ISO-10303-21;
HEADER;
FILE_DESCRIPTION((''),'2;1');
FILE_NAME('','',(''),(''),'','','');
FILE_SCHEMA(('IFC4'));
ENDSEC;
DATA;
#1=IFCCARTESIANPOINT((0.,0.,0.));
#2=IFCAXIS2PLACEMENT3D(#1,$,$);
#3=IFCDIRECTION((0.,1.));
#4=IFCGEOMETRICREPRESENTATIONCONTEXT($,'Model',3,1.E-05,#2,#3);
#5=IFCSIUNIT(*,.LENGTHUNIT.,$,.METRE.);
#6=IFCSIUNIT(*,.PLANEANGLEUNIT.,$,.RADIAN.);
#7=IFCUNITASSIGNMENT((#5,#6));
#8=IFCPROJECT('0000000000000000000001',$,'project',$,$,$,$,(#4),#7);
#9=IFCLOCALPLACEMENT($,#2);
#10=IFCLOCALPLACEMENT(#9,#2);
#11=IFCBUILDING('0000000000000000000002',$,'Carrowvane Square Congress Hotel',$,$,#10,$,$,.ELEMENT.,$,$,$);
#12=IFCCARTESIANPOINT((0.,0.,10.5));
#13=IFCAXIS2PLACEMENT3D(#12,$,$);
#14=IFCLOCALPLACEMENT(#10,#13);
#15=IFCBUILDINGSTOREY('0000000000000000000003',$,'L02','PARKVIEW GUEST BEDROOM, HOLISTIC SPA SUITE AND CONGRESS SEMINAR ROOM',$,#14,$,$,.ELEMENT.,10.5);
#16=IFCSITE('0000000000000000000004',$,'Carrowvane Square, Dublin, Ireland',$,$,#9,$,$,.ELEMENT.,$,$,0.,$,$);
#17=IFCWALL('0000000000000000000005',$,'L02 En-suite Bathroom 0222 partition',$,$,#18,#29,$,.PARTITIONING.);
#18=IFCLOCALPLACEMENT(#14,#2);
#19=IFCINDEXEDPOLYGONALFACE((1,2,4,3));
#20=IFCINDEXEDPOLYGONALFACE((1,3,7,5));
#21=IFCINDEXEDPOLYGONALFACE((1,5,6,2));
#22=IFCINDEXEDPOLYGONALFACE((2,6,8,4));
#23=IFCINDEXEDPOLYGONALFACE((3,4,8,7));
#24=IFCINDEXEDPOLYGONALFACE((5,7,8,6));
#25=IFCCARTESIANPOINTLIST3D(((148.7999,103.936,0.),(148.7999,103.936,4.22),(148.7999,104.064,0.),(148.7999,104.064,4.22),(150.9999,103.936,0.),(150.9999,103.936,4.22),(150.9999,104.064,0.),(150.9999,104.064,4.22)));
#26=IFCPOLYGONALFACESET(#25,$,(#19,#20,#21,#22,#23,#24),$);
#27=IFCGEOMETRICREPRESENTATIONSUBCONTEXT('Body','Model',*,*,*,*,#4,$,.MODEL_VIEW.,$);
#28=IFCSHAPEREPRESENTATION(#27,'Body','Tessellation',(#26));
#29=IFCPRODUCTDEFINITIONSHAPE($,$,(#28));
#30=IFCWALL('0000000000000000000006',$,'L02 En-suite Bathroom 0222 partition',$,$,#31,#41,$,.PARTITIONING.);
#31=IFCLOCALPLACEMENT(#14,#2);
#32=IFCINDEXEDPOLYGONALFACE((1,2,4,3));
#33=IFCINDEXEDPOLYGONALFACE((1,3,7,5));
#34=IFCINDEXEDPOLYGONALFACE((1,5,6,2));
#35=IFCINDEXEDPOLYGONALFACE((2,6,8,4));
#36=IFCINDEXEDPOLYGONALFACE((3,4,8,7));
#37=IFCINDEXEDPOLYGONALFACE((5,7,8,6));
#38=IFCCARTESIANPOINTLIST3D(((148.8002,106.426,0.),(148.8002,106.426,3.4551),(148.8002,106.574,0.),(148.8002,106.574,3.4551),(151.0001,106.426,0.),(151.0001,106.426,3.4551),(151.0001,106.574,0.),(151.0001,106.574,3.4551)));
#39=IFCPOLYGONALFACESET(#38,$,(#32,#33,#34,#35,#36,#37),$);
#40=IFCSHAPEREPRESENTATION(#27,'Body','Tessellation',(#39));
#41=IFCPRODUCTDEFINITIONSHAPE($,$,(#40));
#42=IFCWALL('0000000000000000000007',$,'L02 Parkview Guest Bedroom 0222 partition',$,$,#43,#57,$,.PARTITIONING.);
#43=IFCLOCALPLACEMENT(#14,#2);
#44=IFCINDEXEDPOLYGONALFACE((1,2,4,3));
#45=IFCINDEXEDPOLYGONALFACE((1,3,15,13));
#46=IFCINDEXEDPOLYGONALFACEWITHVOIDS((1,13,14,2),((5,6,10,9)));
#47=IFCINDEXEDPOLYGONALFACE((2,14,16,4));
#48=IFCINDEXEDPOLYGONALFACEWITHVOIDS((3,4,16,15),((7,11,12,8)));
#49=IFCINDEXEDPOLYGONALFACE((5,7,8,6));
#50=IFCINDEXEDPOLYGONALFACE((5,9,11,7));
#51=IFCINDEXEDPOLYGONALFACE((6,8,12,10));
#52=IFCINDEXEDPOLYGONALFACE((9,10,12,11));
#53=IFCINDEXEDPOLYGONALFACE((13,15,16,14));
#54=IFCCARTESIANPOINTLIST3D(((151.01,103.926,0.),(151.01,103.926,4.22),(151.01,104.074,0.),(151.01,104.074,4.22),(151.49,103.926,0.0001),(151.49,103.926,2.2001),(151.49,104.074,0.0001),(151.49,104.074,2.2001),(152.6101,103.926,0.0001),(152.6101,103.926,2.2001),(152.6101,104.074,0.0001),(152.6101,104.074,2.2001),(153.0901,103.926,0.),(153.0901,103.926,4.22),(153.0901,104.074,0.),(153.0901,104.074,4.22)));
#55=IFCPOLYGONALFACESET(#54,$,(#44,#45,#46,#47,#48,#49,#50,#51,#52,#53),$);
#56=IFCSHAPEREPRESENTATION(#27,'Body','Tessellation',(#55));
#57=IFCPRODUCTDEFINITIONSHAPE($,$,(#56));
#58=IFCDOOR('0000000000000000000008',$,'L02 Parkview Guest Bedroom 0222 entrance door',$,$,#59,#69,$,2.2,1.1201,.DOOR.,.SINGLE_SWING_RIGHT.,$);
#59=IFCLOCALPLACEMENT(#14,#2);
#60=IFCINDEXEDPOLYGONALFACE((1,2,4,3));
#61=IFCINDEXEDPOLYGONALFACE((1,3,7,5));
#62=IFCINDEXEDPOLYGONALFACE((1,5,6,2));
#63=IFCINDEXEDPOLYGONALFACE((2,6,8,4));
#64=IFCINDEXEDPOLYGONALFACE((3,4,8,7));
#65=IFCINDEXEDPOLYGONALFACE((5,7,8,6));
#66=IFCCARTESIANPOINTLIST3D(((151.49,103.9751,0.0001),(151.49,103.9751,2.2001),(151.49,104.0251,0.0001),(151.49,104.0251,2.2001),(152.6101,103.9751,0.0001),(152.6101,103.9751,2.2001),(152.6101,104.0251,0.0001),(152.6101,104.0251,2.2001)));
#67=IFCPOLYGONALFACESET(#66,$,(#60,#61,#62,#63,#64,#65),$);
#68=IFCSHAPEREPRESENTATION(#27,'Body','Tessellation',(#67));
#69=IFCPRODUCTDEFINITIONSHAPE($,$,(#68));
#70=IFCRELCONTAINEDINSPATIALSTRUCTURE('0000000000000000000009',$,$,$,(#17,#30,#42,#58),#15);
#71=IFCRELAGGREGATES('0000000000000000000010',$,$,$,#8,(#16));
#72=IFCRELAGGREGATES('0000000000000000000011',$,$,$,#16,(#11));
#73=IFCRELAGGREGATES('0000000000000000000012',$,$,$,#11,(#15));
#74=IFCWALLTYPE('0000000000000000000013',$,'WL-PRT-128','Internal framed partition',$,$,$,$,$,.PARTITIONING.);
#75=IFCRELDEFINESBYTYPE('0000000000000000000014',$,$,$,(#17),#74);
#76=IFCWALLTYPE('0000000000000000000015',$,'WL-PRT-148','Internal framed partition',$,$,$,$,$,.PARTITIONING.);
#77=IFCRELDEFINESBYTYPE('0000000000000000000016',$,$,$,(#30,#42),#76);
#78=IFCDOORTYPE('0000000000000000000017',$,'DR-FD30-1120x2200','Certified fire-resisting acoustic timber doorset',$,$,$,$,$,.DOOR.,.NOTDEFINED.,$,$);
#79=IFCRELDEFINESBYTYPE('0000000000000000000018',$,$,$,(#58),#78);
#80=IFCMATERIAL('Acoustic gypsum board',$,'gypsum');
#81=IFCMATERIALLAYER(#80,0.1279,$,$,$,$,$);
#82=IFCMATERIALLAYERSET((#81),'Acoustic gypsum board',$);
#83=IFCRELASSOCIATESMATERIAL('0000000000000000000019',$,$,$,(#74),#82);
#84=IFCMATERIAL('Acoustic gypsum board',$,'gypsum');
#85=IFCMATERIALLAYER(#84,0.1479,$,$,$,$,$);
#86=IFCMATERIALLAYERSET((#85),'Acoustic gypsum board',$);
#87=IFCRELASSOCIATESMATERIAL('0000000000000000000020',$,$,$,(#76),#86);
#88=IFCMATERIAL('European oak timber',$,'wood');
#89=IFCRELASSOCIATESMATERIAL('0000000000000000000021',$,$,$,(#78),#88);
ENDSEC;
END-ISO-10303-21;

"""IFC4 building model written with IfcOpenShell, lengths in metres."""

from ifc_helpers import new_model, si_unit, direction, frame, frame_2d, origin, place, context, subcontext, project, spatial, rectangle, extrude, material, layer, layer_set, type_object, element, fill, save


model = new_model("IFC4")

# Units and contexts
model_context = context("Model", 3, precision=1e-05, world=origin(), true_north=direction((0.0, 1.0)))
body_context = subcontext(model_context, "Body", "Model", "MODEL_VIEW")
ifc_project = project(units=[si_unit("LENGTHUNIT", "METRE"), si_unit("PLANEANGLEUNIT", "RADIAN")], contexts=[model_context])

# Site, building, storey
site_placement = place(None, origin())
site = spatial("IfcSite", under=ifc_project, at=site_placement, Name="Carrowvane Square, Dublin, Ireland", CompositionType="ELEMENT", RefElevation=0.0)
building_placement = place(site_placement, origin())
building = spatial("IfcBuilding", under=site, at=building_placement, Name="Carrowvane Square Congress Hotel", CompositionType="ELEMENT")
storey_placement = place(building_placement, frame((0.0, 0.0, 10.5)))
storey = spatial("IfcBuildingStorey", under=building, at=storey_placement, Name="L02", Description="PARKVIEW GUEST BEDROOM, HOLISTIC SPA SUITE AND CONGRESS SEMINAR ROOM", CompositionType="ELEMENT", Elevation=10.5)

# Wall
ifc_material_1 = material(Name="Acoustic gypsum board", Category="gypsum")
ifc_layer_1 = layer(ifc_material_1, 0.1279)
ifc_layer_set_1 = layer_set([ifc_layer_1], Name="Acoustic gypsum board")
wall_type_1 = type_object("IfcWallType", Name="WL-PRT-128", Description="Internal framed partition", PredefinedType="PARTITIONING", material=ifc_layer_set_1)
wall_1_placement = place(storey_placement, frame((151.0, 104.0, 0.0), z_axis=(0.0, 0.0, 1.0), x_axis=(-1.0, 0.0, 0.0)))
element("IfcWall", 1, at=wall_1_placement, inside=storey, type_object=wall_type_1, Name="L02 En-suite Bathroom 0222 partition", PredefinedType="PARTITIONING", context=body_context, shape_type="SweptSolid", body=[
    extrude(rectangle(XDim=2.2, YDim=0.1279, at=frame_2d((1.1001, 0.0))), origin(), (0.0, 0.0, 1.0), 4.22),
])

# Wall
ifc_material_2 = material(Name="Acoustic gypsum board", Category="gypsum")
ifc_layer_2 = layer(ifc_material_2, 0.1479)
ifc_layer_set_2 = layer_set([ifc_layer_2], Name="Acoustic gypsum board")
wall_type_2 = type_object("IfcWallType", Name="WL-PRT-148", Description="Internal framed partition", PredefinedType="PARTITIONING", material=ifc_layer_set_2)
wall_2_placement = place(storey_placement, frame((148.8, 106.5, 0.0), z_axis=(0.0, 0.0, 1.0), x_axis=(1.0, 0.0, 0.0)))
element("IfcWall", 2, at=wall_2_placement, inside=storey, type_object=wall_type_2, Name="L02 En-suite Bathroom 0222 partition", PredefinedType="PARTITIONING", context=body_context, shape_type="SweptSolid", body=[
    extrude(rectangle(XDim=2.2, YDim=0.1479, at=frame_2d((1.1001, 0.0))), origin(), (0.0, 0.0, 1.0), 3.4551),
])

# Wall, opening, door
wall_3_placement = place(storey_placement, frame((153.0901, 104.0, 0.0), z_axis=(0.0, 0.0, 1.0), x_axis=(-1.0, 0.0, 0.0)))
wall_3 = element("IfcWall", 3, at=wall_3_placement, inside=storey, type_object=wall_type_2, Name="L02 Parkview Guest Bedroom 0222 partition", PredefinedType="PARTITIONING", context=body_context, shape_type="SweptSolid", body=[
    extrude(rectangle(XDim=2.0801, YDim=0.1479, at=frame_2d((1.04, 0.0))), origin(), (0.0, 0.0, 1.0), 4.22),
])
opening_1_placement = place(wall_3_placement, frame((0.48, 0.0, 0.0)))
opening_1 = element("IfcOpeningElement", 4, at=opening_1_placement, cuts=wall_3, PredefinedType="OPENING", context=body_context, shape_type="SweptSolid", body=[
    extrude(rectangle(XDim=1.1201, YDim=2.2, at=frame_2d((0.5601, 1.1001))), frame((0.0, 0.084, 0.0), z_axis=(0.0, -1.0, 0.0), x_axis=(1.0, 0.0, 0.0)), (0.0, 0.0, 1.0), 0.168),
])
ifc_material_3 = material(Name="European oak timber", Category="wood")
door_type_1 = type_object("IfcDoorType", Name="DR-FD30-1120x2200", Description="Certified fire-resisting acoustic timber doorset", OperationType="NOTDEFINED", PredefinedType="DOOR", material=ifc_material_3)
door_1_placement = place(opening_1_placement, origin())
door_1 = element("IfcDoor", 5, at=door_1_placement, inside=storey, type_object=door_type_1, Name="L02 Parkview Guest Bedroom 0222 entrance door", OperationType="SINGLE_SWING_RIGHT", OverallHeight=2.2, OverallWidth=1.1201, PredefinedType="DOOR", context=body_context, shape_type="SweptSolid", body=[
    extrude(rectangle(XDim=1.1201, YDim=2.2, at=frame_2d((0.5601, 1.1001))), frame((0.0, 0.0249, 0.0), z_axis=(0.0, -1.0, 0.0), x_axis=(1.0, 0.0, 0.0)), (0.0, 0.0, 1.0), 0.05),
])
fill(opening_1, door_1)

save(model, "model.ifc")
